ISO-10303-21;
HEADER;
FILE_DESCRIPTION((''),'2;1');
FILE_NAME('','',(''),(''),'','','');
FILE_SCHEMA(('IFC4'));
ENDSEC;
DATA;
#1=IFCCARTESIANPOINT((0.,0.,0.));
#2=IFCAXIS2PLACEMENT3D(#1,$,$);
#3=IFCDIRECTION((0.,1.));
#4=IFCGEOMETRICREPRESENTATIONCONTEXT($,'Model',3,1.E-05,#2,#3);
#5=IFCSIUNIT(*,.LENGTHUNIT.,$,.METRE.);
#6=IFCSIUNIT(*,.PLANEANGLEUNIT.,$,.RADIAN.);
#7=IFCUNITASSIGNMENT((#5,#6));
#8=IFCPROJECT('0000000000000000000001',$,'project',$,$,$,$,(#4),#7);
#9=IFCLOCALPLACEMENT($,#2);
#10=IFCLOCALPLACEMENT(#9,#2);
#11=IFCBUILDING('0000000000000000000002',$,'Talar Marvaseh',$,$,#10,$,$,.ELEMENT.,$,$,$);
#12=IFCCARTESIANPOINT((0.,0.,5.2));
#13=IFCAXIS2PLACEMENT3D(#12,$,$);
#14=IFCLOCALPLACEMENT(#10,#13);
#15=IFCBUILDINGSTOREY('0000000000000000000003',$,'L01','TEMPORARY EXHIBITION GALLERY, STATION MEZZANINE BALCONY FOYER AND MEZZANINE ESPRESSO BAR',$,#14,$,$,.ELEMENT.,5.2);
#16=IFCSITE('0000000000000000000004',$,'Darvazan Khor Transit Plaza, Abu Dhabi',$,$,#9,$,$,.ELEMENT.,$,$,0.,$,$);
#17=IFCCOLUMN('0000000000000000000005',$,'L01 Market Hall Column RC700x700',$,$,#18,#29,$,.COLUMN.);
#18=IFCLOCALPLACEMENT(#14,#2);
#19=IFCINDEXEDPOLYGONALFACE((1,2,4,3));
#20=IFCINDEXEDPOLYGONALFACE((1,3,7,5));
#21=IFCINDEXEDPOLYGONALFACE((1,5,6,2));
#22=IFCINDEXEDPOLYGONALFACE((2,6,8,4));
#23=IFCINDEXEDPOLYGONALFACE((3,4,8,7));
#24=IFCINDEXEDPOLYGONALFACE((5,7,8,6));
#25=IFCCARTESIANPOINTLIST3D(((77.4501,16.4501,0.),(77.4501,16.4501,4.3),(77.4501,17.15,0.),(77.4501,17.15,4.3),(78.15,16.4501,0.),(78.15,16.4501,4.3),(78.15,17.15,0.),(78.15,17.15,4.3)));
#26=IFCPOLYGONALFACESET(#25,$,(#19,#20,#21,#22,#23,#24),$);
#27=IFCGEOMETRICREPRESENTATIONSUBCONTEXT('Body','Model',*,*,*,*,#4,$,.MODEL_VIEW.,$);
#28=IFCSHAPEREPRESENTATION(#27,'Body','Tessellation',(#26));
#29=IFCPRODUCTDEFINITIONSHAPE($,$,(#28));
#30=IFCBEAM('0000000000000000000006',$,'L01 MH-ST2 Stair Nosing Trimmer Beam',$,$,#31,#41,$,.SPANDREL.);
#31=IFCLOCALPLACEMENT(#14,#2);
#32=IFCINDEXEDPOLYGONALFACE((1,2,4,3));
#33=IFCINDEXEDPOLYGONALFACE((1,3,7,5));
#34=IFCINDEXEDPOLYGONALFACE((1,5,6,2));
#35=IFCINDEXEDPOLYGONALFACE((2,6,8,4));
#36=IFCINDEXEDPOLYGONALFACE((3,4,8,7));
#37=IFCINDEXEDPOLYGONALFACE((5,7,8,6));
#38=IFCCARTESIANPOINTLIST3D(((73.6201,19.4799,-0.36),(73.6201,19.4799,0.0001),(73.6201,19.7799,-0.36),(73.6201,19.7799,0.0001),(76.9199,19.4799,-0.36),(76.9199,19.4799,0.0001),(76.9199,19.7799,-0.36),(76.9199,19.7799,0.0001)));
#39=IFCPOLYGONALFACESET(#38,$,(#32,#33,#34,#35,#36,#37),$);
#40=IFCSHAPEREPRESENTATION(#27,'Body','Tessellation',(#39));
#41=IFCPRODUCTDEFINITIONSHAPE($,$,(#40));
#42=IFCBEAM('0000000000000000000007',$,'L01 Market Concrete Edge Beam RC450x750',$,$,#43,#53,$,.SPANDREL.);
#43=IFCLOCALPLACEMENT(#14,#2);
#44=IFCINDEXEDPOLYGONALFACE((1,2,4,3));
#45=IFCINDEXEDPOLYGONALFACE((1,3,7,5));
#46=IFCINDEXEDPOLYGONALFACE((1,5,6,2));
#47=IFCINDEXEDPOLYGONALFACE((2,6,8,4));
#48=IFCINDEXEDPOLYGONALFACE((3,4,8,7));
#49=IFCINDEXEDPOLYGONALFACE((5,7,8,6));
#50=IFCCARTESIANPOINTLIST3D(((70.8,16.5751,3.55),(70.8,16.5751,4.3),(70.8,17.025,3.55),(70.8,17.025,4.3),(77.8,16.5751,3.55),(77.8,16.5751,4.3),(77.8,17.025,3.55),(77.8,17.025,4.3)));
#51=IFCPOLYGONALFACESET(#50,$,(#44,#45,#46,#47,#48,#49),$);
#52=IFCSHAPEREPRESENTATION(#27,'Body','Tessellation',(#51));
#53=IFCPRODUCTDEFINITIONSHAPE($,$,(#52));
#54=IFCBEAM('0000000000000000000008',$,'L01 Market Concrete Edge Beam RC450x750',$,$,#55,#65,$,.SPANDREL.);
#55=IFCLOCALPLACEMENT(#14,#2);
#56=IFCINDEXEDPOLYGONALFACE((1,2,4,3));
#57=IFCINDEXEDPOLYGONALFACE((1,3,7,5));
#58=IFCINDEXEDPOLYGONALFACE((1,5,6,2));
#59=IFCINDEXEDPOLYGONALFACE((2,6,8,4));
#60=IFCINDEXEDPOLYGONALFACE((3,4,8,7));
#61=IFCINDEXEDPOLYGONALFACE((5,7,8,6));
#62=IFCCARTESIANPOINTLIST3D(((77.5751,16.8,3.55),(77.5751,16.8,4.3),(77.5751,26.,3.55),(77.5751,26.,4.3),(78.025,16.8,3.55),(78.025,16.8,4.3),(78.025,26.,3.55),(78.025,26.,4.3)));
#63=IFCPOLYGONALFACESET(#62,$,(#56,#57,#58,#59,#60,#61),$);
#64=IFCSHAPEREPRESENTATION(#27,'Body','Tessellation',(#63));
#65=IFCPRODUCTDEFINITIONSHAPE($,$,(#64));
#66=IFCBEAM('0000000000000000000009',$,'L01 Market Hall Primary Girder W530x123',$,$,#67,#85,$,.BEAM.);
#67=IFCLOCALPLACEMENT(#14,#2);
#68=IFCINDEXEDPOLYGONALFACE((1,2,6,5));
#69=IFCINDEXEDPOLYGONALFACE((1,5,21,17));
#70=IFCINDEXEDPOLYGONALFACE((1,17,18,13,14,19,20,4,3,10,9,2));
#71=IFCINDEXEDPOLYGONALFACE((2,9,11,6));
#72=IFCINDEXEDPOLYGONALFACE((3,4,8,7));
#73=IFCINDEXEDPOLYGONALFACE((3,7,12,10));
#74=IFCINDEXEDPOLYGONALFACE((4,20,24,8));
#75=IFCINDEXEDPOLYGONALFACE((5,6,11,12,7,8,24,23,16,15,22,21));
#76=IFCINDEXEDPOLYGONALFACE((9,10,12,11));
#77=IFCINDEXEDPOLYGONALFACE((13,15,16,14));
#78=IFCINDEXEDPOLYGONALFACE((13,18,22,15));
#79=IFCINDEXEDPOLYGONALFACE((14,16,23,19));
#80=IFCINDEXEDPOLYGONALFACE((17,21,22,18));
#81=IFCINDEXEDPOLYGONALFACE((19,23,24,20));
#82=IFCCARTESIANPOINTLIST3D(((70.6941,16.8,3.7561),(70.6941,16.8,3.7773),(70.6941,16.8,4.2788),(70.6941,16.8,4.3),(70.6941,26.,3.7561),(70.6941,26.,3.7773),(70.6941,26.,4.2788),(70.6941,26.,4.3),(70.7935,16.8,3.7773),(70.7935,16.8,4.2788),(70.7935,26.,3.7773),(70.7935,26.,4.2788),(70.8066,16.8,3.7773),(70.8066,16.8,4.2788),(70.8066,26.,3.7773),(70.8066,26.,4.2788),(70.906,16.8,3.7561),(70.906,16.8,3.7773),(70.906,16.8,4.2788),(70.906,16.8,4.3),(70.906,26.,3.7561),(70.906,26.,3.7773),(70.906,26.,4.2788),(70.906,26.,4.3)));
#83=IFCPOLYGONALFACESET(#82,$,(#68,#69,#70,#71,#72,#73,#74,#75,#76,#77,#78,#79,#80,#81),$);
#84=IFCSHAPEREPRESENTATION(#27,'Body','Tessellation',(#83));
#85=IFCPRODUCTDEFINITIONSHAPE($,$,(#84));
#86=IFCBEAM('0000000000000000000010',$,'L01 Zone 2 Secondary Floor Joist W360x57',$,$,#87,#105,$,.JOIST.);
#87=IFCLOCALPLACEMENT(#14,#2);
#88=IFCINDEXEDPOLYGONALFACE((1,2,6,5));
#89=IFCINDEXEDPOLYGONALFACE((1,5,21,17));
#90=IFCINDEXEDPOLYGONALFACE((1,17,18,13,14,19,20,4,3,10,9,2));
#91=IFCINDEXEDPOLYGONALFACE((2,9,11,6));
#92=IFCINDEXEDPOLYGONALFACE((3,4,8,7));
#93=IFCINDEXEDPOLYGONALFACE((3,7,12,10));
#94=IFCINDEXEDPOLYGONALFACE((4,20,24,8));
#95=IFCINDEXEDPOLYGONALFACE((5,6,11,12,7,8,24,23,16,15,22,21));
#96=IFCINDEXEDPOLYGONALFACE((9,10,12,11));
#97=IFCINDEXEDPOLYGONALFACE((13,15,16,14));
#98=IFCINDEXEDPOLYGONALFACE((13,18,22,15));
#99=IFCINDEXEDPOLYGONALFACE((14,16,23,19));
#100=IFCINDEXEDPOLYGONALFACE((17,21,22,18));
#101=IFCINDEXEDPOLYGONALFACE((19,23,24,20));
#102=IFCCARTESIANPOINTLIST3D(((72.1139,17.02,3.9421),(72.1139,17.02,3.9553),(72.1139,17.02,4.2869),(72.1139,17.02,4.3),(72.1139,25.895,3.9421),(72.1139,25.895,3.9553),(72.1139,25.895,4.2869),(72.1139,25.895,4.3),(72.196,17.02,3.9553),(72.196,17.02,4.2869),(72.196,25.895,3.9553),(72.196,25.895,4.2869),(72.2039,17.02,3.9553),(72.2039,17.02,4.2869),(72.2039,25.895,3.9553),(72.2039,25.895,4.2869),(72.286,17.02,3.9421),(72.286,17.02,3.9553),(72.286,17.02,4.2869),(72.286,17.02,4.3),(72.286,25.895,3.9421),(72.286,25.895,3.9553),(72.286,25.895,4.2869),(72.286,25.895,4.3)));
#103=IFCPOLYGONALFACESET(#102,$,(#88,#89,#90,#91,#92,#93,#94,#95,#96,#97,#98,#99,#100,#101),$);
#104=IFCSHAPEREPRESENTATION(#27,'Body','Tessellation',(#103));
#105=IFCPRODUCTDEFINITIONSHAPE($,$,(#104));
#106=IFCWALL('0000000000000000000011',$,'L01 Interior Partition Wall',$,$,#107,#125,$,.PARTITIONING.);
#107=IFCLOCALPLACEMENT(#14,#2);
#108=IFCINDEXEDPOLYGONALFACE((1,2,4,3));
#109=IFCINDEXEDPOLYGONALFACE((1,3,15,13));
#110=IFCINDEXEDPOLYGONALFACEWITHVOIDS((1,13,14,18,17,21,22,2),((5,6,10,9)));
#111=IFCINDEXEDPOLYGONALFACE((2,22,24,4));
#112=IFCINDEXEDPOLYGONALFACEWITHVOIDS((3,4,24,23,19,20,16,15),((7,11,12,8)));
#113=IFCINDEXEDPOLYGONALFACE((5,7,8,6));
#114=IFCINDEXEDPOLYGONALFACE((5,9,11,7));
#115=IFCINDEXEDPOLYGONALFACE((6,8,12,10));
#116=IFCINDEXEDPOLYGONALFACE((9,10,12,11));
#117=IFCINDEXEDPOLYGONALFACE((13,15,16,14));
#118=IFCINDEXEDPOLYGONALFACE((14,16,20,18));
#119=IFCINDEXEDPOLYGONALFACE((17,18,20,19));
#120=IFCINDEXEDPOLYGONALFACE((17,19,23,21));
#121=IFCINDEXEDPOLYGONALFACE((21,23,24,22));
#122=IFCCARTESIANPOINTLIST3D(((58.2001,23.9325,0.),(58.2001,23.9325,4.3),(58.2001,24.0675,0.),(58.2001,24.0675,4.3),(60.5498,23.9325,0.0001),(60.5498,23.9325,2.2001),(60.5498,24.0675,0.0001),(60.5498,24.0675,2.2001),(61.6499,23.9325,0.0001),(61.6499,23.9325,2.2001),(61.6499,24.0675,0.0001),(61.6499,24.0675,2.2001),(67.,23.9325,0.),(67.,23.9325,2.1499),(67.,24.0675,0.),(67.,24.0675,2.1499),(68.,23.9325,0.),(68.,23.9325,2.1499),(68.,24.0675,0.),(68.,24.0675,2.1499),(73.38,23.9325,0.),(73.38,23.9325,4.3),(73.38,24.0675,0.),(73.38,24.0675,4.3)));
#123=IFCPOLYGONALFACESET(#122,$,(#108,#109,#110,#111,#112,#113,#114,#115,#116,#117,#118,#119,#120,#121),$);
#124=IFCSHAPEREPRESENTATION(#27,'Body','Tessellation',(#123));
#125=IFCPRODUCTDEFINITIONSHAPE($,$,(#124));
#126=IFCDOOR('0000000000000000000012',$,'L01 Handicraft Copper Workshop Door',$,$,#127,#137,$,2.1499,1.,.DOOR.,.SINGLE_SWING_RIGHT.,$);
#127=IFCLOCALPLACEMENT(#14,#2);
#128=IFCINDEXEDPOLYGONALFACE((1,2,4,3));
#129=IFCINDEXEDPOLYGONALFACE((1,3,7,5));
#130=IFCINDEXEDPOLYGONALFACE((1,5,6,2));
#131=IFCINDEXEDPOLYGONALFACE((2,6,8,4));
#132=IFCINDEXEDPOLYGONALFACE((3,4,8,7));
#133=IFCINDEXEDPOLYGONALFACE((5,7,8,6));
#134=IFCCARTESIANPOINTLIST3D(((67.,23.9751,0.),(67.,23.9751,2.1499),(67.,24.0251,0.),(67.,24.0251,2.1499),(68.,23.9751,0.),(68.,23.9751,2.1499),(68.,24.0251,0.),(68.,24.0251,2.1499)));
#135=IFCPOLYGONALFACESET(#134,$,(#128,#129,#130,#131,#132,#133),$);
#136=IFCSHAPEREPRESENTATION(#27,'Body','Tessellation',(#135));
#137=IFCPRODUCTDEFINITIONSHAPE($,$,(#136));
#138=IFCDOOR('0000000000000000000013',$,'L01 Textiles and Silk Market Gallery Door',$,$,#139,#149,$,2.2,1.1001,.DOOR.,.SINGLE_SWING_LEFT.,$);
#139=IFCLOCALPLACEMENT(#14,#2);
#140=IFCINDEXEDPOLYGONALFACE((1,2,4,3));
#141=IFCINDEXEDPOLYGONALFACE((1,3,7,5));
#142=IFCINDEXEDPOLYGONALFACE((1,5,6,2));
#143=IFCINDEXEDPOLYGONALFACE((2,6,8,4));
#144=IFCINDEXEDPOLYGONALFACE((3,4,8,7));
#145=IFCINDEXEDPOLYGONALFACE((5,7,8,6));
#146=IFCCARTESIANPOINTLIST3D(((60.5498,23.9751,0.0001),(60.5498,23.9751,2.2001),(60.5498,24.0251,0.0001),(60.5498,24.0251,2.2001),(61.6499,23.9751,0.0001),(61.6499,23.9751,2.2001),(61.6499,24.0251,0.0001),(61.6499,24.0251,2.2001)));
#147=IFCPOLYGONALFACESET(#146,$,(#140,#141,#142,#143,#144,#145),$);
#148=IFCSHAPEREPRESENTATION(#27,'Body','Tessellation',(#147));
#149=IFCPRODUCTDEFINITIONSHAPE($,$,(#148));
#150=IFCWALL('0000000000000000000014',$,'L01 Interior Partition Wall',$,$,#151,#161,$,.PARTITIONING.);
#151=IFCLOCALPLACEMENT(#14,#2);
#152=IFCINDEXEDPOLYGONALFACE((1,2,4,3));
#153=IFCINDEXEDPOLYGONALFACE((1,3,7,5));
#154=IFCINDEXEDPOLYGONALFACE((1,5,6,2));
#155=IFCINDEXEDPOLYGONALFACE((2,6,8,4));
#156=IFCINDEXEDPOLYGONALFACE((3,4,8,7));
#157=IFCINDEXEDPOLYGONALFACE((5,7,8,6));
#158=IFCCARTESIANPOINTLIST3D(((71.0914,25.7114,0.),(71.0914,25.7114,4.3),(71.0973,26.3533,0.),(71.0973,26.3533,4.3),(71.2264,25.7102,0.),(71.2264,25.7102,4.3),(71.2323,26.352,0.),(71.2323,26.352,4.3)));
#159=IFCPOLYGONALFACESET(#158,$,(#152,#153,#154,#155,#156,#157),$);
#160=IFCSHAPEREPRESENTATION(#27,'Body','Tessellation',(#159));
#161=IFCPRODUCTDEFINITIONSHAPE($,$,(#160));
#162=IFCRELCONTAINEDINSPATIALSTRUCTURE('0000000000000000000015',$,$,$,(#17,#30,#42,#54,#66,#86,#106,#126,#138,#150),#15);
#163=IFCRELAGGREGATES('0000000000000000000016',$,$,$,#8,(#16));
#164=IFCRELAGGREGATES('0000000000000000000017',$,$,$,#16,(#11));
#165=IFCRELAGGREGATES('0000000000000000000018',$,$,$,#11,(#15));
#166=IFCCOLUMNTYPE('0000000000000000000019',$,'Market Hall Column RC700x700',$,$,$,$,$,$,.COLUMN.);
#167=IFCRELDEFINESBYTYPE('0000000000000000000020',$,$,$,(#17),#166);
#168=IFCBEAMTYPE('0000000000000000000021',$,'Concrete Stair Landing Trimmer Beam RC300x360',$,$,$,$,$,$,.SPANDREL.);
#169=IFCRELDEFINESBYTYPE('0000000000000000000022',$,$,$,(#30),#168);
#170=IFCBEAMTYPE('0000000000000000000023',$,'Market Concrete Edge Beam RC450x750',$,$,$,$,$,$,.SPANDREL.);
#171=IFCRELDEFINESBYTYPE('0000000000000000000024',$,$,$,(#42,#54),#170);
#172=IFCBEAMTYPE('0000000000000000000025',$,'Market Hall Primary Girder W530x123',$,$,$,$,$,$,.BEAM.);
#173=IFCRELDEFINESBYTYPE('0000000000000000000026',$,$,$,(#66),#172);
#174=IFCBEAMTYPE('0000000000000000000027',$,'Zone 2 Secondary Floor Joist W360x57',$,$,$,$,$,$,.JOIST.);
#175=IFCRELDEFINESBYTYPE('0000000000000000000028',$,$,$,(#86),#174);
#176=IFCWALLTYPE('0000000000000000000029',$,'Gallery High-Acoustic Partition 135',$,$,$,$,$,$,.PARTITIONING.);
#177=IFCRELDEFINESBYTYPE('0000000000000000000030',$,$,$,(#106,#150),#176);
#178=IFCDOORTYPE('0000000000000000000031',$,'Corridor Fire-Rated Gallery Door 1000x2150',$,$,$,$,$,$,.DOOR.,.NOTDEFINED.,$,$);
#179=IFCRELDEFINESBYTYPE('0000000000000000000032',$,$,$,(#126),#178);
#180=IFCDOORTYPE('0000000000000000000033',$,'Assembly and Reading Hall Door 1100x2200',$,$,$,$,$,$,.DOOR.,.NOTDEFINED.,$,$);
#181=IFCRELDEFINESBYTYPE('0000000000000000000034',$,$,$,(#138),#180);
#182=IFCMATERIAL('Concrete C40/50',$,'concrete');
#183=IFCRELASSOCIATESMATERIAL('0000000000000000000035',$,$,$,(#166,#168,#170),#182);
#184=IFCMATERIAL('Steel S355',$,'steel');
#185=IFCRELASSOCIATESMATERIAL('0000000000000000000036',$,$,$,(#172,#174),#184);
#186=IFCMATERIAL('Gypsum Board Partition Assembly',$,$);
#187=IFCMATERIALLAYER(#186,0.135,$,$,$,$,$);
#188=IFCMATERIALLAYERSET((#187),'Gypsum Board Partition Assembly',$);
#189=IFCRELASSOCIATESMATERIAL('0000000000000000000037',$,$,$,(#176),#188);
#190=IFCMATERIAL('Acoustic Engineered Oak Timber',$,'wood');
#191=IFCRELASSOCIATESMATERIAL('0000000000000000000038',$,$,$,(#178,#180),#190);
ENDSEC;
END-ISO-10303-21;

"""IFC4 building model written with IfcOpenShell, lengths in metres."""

from ifc_helpers import new_model, si_unit, direction, frame, frame_2d, origin, origin_2d, place, context, subcontext, project, spatial, rectangle, i_section, extrude, source, transform, mapped, material, layer, layer_set, material_profile, profile_set, type_object, type_shapes, element, fill, save


model = new_model("IFC4")

# Units and contexts
model_context = context("Model", 3, precision=1e-05, world=origin(), true_north=direction((0.0, 1.0)))
body_context = subcontext(model_context, "Body", "Model", "MODEL_VIEW")
ifc_project = project(units=[si_unit("LENGTHUNIT", "METRE"), si_unit("PLANEANGLEUNIT", "RADIAN")], contexts=[model_context])

# Site, building, storey
site_placement = place(None, origin())
site = spatial("IfcSite", under=ifc_project, at=site_placement, Name="Darvazan Khor Transit Plaza, Abu Dhabi", CompositionType="ELEMENT", RefElevation=0.0)
building_placement = place(site_placement, origin())
building = spatial("IfcBuilding", under=site, at=building_placement, Name="Talar Marvaseh", CompositionType="ELEMENT")
storey_placement = place(building_placement, frame((0.0, 0.0, 5.2)))
storey = spatial("IfcBuildingStorey", under=building, at=storey_placement, Name="L01", Description="TEMPORARY EXHIBITION GALLERY, STATION MEZZANINE BALCONY FOYER AND MEZZANINE ESPRESSO BAR", CompositionType="ELEMENT", Elevation=5.2)

# Column
ifc_material_1 = material(Name="Concrete C40/50", Category="concrete")
ifc_material_profile_1 = material_profile(ifc_material_1, rectangle(XDim=0.7, YDim=0.7, at=origin_2d()), Name="RC700x700")
ifc_profile_set_1 = profile_set([ifc_material_profile_1], Name="Concrete C40/50")
column_type = type_object("IfcColumnType", Name="Market Hall Column RC700x700", PredefinedType="COLUMN", material=ifc_profile_set_1)
column_placement = place(storey_placement, frame((77.8, 16.8, 0.0), z_axis=(0.0, 0.0, 1.0), x_axis=(1.0, 0.0, 0.0)))
element("IfcColumn", 1, at=column_placement, inside=storey, type_object=column_type, Name="L01 Market Hall Column RC700x700", PredefinedType="COLUMN", context=body_context, shape_type="SweptSolid", body=[
    extrude(rectangle(XDim=0.7, YDim=0.7, at=origin_2d()), origin(), (0.0, 0.0, 1.0), 4.3),
])

# Beams
ifc_material_profile_2 = material_profile(ifc_material_1, rectangle(XDim=0.3, YDim=0.3601, at=origin_2d()), Name="RC300x360")
ifc_profile_set_2 = profile_set([ifc_material_profile_2], Name="Concrete C40/50")
beam_type_1 = type_object("IfcBeamType", Name="Concrete Stair Landing Trimmer Beam RC300x360", PredefinedType="SPANDREL", material=ifc_profile_set_2)
beam_1_placement = place(storey_placement, frame((76.9199, 19.6299, -0.1799), z_axis=(-1.0, 0.0, 0.0), x_axis=(0.0, -1.0, 0.0)))
element("IfcBeam", 2, at=beam_1_placement, inside=storey, type_object=beam_type_1, Name="L01 MH-ST2 Stair Nosing Trimmer Beam", PredefinedType="SPANDREL", context=body_context, shape_type="SweptSolid", body=[
    extrude(rectangle(XDim=0.3, YDim=0.3601, at=origin_2d()), origin(), (0.0, 0.0, 1.0), 3.2998),
])
ifc_material_profile_3 = material_profile(ifc_material_1, rectangle(XDim=0.45, YDim=0.75, at=origin_2d()), Name="RC450x750")
ifc_profile_set_3 = profile_set([ifc_material_profile_3], Name="Concrete C40/50")
beam_type_2 = type_object("IfcBeamType", Name="Market Concrete Edge Beam RC450x750", PredefinedType="SPANDREL", material=ifc_profile_set_3)
beam_2_placement = place(storey_placement, frame((70.8, 16.8, 3.925), z_axis=(1.0, 0.0, 0.0), x_axis=(0.0, 1.0, 0.0)))
element("IfcBeam", 3, at=beam_2_placement, inside=storey, type_object=beam_type_2, Name="L01 Market Concrete Edge Beam RC450x750", PredefinedType="SPANDREL", context=body_context, shape_type="SweptSolid", body=[
    extrude(rectangle(XDim=0.45, YDim=0.75, at=origin_2d()), origin(), (0.0, 0.0, 1.0), 7.0),
])
beam_3_placement = place(storey_placement, frame((77.8, 16.8, 3.925), z_axis=(0.0, 1.0, 0.0), x_axis=(-1.0, 0.0, 0.0)))
element("IfcBeam", 4, at=beam_3_placement, inside=storey, type_object=beam_type_2, Name="L01 Market Concrete Edge Beam RC450x750", PredefinedType="SPANDREL", context=body_context, shape_type="SweptSolid", body=[
    extrude(rectangle(XDim=0.45, YDim=0.75, at=origin_2d()), origin(), (0.0, 0.0, 1.0), 9.2),
])
ifc_material_2 = material(Name="Steel S355", Category="steel")
ifc_material_profile_4 = material_profile(ifc_material_2, i_section(OverallWidth=0.2119, OverallDepth=0.5439, WebThickness=0.0132, FlangeThickness=0.0212, at=origin_2d()), Name="W530x123")
ifc_profile_set_4 = profile_set([ifc_material_profile_4], Name="Steel S355")
beam_type_3 = type_object("IfcBeamType", Name="Market Hall Primary Girder W530x123", PredefinedType="BEAM", material=ifc_profile_set_4)
beam_4_placement = place(storey_placement, frame((70.8, 16.8, 4.0281), z_axis=(0.0, 1.0, 0.0), x_axis=(-1.0, 0.0, 0.0)))
element("IfcBeam", 5, at=beam_4_placement, inside=storey, type_object=beam_type_3, Name="L01 Market Hall Primary Girder W530x123", PredefinedType="BEAM", context=body_context, shape_type="SweptSolid", body=[
    extrude(i_section(OverallWidth=0.2119, OverallDepth=0.5439, WebThickness=0.0132, FlangeThickness=0.0212, at=origin_2d()), origin(), (0.0, 0.0, 1.0), 9.2),
])
ifc_material_profile_5 = material_profile(ifc_material_2, i_section(OverallWidth=0.1721, OverallDepth=0.3579, WebThickness=0.0078, FlangeThickness=0.0132, at=origin_2d()), Name="W360x57")
ifc_profile_set_5 = profile_set([ifc_material_profile_5], Name="Steel S355")
beam_type_4 = type_object("IfcBeamType", Name="Zone 2 Secondary Floor Joist W360x57", PredefinedType="JOIST", material=ifc_profile_set_5)
beam_5_placement = place(storey_placement, frame((72.2, 17.02, 4.1211), z_axis=(0.0, 1.0, 0.0), x_axis=(-1.0, 0.0, 0.0)))
element("IfcBeam", 6, at=beam_5_placement, inside=storey, type_object=beam_type_4, Name="L01 Zone 2 Secondary Floor Joist W360x57", PredefinedType="JOIST", context=body_context, shape_type="SweptSolid", body=[
    extrude(i_section(OverallWidth=0.1721, OverallDepth=0.3579, WebThickness=0.0078, FlangeThickness=0.0132, at=origin_2d()), origin(), (0.0, 0.0, 1.0), 8.875),
])

# Wall, openings, doors
ifc_material_3 = material(Name="Gypsum Board Partition Assembly")
ifc_layer_1 = layer(ifc_material_3, 0.135)
ifc_layer_set_1 = layer_set([ifc_layer_1], Name="Gypsum Board Partition Assembly")
wall_type_1 = type_object("IfcWallType", Name="Gallery High-Acoustic Partition 135", PredefinedType="PARTITIONING", material=ifc_layer_set_1)
wall_1_placement = place(storey_placement, frame((73.3799, 24.0, 0.0), z_axis=(0.0, 0.0, 1.0), x_axis=(-1.0, 0.0, 0.0)))
wall_1 = element("IfcWall", 7, at=wall_1_placement, inside=storey, type_object=wall_type_1, Name="L01 Interior Partition Wall", PredefinedType="PARTITIONING", context=body_context, shape_type="SweptSolid", body=[
    extrude(rectangle(XDim=15.1799, YDim=0.135, at=frame_2d((7.5898, 0.0))), origin(), (0.0, 0.0, 1.0), 4.3),
])
opening_1_placement = place(wall_1_placement, frame((11.73, 0.0, 0.0)))
opening_1 = element("IfcOpeningElement", 8, at=opening_1_placement, cuts=wall_1, PredefinedType="OPENING", context=body_context, shape_type="SweptSolid", body=[
    extrude(rectangle(XDim=1.1001, YDim=2.2, at=frame_2d((0.55, 1.1001))), frame((0.0, 0.0776, 0.0), z_axis=(0.0, -1.0, 0.0), x_axis=(1.0, 0.0, 0.0)), (0.0, 0.0, 1.0), 0.155),
])
opening_2_placement = place(wall_1_placement, frame((5.3799, 0.0, 0.0)))
opening_2 = element("IfcOpeningElement", 9, at=opening_2_placement, cuts=wall_1, PredefinedType="OPENING", context=body_context, shape_type="SweptSolid", body=[
    extrude(rectangle(XDim=1.0, YDim=2.1499, at=frame_2d((0.5, 1.075))), frame((0.0, 0.0776, 0.0), z_axis=(0.0, -1.0, 0.0), x_axis=(1.0, 0.0, 0.0)), (0.0, 0.0, 1.0), 0.155),
])
ifc_material_4 = material(Name="Acoustic Engineered Oak Timber", Category="wood")
door_type_1 = type_object("IfcDoorType", Name="Corridor Fire-Rated Gallery Door 1000x2150", OperationType="NOTDEFINED", PredefinedType="DOOR", material=ifc_material_4)
shared_shape_1 = source(origin(), body_context, "Body", "SweptSolid", [
    extrude(rectangle(XDim=1.0, YDim=2.1499, at=frame_2d((0.5, 1.075))), frame((0.0, 0.0249, 0.0), z_axis=(0.0, -1.0, 0.0), x_axis=(1.0, 0.0, 0.0)), (0.0, 0.0, 1.0), 0.05),
])
type_shapes(door_type_1, [shared_shape_1])
door_1_placement = place(opening_2_placement, origin())
door_1 = element("IfcDoor", 10, at=door_1_placement, inside=storey, type_object=door_type_1, Name="L01 Handicraft Copper Workshop Door", OperationType="SINGLE_SWING_RIGHT", OverallHeight=2.1499, OverallWidth=1.0, PredefinedType="DOOR", context=body_context, shape_type="MappedRepresentation", body=[
    mapped(shared_shape_1, transform((0.0, 0.0, 0.0), x_axis=(1.0, 0.0, 0.0), y_axis=(0.0, 1.0, 0.0), z_axis=(0.0, 0.0, 1.0), scale=1.0)),
])
fill(opening_2, door_1)
door_type_2 = type_object("IfcDoorType", Name="Assembly and Reading Hall Door 1100x2200", OperationType="NOTDEFINED", PredefinedType="DOOR", material=ifc_material_4)
shared_shape_2 = source(origin(), body_context, "Body", "SweptSolid", [
    extrude(rectangle(XDim=1.1001, YDim=2.2, at=frame_2d((0.55, 1.1001))), frame((0.0, 0.0249, 0.0), z_axis=(0.0, -1.0, 0.0), x_axis=(1.0, 0.0, 0.0)), (0.0, 0.0, 1.0), 0.05),
])
type_shapes(door_type_2, [shared_shape_2])
door_2_placement = place(opening_1_placement, origin())
door_2 = element("IfcDoor", 11, at=door_2_placement, inside=storey, type_object=door_type_2, Name="L01 Textiles and Silk Market Gallery Door", OperationType="SINGLE_SWING_LEFT", OverallHeight=2.2, OverallWidth=1.1001, PredefinedType="DOOR", context=body_context, shape_type="MappedRepresentation", body=[
    mapped(shared_shape_2, transform((0.0, 0.0, 0.0), x_axis=(1.0, 0.0, 0.0), y_axis=(0.0, 1.0, 0.0), z_axis=(0.0, 0.0, 1.0), scale=1.0)),
])
fill(opening_1, door_2)

# Wall
wall_2_placement = place(storey_placement, frame((71.1589, 25.7109, 0.0), z_axis=(0.0, 0.0, 1.0), x_axis=(0.009129, 0.999958, 0.0)))
element("IfcWall", 12, at=wall_2_placement, inside=storey, type_object=wall_type_1, Name="L01 Interior Partition Wall", PredefinedType="PARTITIONING", context=body_context, shape_type="SweptSolid", body=[
    extrude(rectangle(XDim=0.6418, YDim=0.135, at=frame_2d((0.3208, 0.0))), origin(), (0.0, 0.0, 1.0), 4.3),
])

save(model, "model.ifc")
